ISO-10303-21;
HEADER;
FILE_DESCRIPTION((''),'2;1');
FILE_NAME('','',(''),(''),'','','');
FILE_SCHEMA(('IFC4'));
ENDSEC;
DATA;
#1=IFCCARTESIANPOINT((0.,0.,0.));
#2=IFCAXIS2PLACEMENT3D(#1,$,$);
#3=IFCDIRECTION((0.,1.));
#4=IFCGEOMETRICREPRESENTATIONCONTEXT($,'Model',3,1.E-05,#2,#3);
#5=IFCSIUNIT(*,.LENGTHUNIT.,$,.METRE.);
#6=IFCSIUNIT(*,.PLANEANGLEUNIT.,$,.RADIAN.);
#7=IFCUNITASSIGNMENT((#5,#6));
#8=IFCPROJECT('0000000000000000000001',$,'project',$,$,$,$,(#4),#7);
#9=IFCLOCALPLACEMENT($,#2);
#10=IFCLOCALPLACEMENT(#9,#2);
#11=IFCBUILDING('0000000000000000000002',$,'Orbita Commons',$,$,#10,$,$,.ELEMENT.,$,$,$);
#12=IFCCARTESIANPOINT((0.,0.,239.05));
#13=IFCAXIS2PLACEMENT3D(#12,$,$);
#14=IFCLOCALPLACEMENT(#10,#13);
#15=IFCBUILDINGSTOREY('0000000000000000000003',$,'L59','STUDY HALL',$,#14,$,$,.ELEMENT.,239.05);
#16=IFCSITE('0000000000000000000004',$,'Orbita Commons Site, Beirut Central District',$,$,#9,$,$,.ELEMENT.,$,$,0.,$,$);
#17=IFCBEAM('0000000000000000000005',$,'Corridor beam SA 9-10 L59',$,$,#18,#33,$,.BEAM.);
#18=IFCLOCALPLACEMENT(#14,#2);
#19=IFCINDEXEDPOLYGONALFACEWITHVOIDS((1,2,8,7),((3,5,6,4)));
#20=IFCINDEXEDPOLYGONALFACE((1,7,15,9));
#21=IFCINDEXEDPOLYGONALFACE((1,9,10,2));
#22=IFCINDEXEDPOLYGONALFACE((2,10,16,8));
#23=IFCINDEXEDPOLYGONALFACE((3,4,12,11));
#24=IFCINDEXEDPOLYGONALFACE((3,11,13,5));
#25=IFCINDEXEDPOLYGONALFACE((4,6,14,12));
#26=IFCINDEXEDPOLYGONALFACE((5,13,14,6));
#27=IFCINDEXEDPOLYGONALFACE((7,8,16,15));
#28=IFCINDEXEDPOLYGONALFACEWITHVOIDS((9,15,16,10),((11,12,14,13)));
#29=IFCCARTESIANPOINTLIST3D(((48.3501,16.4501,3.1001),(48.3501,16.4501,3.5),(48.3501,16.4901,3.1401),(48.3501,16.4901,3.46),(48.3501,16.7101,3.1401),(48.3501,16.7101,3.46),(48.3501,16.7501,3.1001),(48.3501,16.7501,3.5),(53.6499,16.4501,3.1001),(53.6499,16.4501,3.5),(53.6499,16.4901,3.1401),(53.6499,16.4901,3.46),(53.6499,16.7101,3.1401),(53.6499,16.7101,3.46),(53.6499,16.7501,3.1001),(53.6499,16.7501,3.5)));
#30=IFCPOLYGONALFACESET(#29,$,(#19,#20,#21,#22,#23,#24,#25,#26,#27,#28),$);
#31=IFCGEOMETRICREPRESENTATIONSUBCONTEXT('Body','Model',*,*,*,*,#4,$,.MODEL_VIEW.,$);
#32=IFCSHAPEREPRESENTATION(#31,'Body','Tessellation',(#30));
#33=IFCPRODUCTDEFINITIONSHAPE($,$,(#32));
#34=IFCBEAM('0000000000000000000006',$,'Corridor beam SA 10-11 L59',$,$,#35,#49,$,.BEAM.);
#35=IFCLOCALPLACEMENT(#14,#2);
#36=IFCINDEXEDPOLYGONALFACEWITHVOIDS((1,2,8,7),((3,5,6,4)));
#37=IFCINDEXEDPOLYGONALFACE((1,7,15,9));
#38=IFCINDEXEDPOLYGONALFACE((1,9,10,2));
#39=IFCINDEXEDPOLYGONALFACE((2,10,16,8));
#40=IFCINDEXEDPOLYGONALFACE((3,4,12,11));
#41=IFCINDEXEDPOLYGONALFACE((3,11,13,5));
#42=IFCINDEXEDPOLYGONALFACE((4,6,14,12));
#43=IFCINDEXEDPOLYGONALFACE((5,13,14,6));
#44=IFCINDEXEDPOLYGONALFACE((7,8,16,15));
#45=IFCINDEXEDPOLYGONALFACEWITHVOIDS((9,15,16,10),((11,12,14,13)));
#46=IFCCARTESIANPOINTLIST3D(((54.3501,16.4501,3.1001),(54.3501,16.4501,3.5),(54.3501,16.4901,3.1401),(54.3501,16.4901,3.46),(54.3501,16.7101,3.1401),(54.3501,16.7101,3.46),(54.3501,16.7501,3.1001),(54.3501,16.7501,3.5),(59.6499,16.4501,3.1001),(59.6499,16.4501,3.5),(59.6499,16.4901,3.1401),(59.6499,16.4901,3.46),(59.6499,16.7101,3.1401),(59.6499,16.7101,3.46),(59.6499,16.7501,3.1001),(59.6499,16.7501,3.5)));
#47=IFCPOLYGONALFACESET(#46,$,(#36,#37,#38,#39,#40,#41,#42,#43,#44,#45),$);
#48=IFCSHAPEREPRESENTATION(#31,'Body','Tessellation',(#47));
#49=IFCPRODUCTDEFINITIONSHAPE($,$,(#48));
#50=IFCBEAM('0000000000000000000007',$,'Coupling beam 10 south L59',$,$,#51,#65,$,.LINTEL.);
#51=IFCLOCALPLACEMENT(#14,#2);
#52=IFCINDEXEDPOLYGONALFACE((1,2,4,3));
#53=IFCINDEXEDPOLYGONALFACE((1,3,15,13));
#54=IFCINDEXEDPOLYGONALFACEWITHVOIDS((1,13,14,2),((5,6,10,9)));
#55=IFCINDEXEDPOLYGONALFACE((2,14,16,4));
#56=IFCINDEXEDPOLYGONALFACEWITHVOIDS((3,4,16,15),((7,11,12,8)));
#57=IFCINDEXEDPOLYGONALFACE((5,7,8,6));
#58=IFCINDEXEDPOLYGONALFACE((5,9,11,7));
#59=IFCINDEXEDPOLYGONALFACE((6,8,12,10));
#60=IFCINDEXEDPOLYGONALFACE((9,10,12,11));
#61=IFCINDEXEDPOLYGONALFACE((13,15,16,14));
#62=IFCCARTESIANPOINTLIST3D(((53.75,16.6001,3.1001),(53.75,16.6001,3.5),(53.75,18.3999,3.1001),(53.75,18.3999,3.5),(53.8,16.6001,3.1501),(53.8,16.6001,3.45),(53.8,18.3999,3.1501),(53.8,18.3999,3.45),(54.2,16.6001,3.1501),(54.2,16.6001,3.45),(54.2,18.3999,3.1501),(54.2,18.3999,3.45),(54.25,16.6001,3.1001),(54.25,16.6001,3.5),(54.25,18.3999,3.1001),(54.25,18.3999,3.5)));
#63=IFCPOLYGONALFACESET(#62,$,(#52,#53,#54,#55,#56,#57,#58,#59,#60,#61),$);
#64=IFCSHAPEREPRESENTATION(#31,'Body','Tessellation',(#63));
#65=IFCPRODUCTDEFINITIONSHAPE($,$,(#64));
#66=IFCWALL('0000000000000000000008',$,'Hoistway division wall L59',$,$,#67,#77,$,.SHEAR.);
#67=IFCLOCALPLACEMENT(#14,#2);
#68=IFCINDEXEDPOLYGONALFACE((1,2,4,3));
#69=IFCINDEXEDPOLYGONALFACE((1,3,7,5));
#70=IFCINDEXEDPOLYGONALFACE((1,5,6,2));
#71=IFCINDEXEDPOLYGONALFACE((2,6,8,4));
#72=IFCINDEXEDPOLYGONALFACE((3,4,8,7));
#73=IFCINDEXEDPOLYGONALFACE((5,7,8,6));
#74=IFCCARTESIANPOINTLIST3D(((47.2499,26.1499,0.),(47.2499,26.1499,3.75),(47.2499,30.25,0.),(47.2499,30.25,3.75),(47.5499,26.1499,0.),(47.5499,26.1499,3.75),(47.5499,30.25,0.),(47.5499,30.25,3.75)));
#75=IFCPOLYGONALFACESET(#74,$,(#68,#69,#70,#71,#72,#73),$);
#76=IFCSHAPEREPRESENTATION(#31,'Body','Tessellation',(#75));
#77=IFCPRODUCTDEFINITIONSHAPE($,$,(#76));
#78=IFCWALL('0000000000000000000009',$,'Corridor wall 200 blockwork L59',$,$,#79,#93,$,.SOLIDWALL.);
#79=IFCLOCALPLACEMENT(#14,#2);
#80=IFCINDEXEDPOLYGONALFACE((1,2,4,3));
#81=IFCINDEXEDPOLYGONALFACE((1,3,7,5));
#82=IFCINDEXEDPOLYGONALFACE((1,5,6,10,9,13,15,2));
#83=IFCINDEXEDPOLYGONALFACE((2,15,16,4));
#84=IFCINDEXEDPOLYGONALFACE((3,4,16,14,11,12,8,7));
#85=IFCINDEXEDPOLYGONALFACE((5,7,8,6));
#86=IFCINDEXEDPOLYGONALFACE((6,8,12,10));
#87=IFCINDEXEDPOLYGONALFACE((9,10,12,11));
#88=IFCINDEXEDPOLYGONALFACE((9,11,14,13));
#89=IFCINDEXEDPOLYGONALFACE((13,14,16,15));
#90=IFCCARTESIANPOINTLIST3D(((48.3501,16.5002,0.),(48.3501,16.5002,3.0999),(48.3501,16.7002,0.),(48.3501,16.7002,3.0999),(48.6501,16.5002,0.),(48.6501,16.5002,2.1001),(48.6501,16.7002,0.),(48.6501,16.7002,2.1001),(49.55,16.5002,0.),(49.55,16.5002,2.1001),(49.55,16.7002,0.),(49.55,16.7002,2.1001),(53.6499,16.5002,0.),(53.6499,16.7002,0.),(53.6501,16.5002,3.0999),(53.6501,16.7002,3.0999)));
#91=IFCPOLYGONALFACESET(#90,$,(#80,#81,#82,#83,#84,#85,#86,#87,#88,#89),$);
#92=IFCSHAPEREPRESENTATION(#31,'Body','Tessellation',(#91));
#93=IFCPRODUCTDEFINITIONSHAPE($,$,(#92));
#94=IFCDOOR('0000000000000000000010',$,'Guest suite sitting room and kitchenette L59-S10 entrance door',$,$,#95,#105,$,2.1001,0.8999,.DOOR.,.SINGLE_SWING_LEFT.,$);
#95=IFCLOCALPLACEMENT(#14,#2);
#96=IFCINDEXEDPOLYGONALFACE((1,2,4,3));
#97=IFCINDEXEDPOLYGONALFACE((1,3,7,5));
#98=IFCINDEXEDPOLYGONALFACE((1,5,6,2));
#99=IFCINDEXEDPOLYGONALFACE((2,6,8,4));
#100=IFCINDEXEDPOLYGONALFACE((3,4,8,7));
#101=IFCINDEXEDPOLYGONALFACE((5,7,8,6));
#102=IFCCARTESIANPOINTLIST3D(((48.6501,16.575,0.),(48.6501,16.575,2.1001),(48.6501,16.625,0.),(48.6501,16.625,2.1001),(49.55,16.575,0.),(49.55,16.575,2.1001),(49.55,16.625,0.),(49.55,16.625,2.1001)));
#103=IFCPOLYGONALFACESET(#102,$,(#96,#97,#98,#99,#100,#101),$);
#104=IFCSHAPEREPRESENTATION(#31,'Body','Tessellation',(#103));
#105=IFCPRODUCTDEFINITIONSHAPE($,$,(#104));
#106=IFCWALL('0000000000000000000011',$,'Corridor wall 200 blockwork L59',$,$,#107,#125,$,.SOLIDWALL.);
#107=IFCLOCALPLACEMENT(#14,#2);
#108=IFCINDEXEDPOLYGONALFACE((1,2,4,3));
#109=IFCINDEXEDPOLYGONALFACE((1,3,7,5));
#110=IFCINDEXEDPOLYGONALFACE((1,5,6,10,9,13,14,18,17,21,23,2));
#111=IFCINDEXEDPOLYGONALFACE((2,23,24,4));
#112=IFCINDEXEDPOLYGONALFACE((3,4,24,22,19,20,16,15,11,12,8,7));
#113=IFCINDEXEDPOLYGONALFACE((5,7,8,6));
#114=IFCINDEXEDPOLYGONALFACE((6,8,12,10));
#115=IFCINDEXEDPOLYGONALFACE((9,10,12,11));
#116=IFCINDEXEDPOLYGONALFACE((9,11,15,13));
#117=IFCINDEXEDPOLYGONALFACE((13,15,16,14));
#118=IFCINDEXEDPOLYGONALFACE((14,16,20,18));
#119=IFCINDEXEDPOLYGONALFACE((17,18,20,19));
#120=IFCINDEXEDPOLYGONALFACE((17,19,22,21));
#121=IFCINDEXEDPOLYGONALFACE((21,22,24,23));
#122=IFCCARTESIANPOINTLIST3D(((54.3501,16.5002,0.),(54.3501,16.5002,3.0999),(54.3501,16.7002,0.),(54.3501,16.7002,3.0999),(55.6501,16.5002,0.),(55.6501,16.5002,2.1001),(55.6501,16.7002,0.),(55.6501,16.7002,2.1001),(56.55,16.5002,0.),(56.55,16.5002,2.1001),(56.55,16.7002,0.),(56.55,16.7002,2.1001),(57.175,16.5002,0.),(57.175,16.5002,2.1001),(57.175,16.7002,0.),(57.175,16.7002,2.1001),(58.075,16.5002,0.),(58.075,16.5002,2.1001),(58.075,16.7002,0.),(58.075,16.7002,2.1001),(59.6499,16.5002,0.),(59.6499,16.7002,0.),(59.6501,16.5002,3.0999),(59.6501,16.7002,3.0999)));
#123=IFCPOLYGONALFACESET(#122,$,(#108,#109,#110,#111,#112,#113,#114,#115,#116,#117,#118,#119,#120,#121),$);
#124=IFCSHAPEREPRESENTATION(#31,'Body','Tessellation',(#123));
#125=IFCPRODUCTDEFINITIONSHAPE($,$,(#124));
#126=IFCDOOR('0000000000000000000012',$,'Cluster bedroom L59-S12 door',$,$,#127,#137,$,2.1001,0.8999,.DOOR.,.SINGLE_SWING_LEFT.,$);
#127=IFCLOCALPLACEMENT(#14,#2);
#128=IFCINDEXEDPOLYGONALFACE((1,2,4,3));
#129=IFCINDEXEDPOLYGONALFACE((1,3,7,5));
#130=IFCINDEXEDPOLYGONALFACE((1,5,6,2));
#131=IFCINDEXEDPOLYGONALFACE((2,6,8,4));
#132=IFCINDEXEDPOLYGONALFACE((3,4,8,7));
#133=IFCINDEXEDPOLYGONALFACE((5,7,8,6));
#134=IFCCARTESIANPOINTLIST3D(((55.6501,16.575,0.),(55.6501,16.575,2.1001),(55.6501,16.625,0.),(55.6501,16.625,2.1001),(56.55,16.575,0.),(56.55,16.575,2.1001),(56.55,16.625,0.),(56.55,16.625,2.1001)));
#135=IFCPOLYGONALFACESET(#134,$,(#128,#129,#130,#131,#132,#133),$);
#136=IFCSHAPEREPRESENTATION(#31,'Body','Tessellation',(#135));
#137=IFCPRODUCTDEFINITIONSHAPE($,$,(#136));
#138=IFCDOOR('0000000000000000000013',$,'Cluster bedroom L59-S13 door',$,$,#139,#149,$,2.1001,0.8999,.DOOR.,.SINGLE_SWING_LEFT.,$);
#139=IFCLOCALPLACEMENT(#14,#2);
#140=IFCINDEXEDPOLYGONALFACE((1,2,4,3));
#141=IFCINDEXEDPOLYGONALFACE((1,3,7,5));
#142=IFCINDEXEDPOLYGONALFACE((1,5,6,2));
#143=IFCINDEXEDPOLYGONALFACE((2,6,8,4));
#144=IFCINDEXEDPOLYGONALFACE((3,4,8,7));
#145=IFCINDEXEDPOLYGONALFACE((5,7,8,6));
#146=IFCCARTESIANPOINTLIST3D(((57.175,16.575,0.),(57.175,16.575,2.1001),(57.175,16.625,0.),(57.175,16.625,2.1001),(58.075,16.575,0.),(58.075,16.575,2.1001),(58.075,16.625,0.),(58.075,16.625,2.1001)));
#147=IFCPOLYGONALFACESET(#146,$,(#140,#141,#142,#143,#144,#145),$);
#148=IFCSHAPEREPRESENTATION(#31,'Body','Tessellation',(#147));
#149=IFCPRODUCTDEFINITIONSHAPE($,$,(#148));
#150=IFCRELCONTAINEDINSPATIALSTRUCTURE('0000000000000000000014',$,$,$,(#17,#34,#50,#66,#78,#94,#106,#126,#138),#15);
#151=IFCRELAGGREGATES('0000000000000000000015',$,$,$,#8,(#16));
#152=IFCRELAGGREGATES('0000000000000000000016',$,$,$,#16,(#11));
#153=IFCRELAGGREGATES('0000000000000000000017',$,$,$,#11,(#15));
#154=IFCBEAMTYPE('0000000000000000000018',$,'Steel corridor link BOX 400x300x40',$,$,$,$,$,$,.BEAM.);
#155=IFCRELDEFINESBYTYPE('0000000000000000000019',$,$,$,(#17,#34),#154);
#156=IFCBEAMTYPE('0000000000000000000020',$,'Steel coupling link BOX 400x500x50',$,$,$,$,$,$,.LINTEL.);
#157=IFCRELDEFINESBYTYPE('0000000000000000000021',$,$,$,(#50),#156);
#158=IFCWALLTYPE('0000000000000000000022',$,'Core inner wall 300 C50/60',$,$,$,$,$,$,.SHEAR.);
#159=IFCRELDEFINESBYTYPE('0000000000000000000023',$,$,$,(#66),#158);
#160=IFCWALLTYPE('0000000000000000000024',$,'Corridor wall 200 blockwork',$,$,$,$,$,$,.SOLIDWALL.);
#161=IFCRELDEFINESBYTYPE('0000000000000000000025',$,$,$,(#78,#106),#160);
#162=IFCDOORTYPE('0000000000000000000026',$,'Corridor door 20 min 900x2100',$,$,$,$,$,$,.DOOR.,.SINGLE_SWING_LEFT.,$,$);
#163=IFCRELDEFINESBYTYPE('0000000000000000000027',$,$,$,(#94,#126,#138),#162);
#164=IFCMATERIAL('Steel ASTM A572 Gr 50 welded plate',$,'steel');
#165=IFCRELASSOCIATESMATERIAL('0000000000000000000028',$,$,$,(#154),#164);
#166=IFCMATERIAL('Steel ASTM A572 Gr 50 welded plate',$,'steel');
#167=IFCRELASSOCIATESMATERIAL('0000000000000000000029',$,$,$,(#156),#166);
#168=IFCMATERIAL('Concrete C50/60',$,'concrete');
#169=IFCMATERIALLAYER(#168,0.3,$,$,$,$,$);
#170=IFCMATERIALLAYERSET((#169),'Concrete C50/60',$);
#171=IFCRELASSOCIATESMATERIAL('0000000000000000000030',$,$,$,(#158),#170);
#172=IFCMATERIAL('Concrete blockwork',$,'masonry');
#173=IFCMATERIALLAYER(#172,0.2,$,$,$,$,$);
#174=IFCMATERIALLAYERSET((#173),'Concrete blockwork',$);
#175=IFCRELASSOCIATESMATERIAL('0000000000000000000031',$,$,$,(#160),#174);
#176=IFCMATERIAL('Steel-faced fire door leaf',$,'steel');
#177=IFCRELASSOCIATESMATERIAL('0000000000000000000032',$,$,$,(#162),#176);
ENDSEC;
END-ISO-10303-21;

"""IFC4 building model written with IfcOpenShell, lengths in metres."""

from ifc_helpers import new_model, si_unit, direction, frame, frame_2d, origin, origin_2d, place, context, subcontext, project, spatial, polyline, rectangle, hollow_rectangle, outline, extrude, material, layer, layer_set, material_profile, profile_set, type_object, element, fill, save


model = new_model("IFC4")

# Units and contexts
model_context = context("Model", 3, precision=1e-05, world=origin(), true_north=direction((0.0, 1.0)))
body_context = subcontext(model_context, "Body", "Model", "MODEL_VIEW")
ifc_project = project(units=[si_unit("LENGTHUNIT", "METRE"), si_unit("PLANEANGLEUNIT", "RADIAN")], contexts=[model_context])

# Site, building, storey
site_placement = place(None, origin())
site = spatial("IfcSite", under=ifc_project, at=site_placement, Name="Orbita Commons Site, Beirut Central District", CompositionType="ELEMENT", RefElevation=0.0)
building_placement = place(site_placement, origin())
building = spatial("IfcBuilding", under=site, at=building_placement, Name="Orbita Commons", CompositionType="ELEMENT")
storey_placement = place(building_placement, frame((0.0, 0.0, 239.05)))
storey = spatial("IfcBuildingStorey", under=building, at=storey_placement, Name="L59", Description="STUDY HALL", CompositionType="ELEMENT", Elevation=239.05)

# Beams
ifc_material_1 = material(Name="Steel ASTM A572 Gr 50 welded plate", Category="steel")
ifc_material_profile_1 = material_profile(ifc_material_1, hollow_rectangle(XDim=0.3, YDim=0.3999, WallThickness=0.04, at=origin_2d()), Name="BOX 400x300x40")
ifc_profile_set_1 = profile_set([ifc_material_profile_1], Name="Steel ASTM A572 Gr 50 welded plate")
beam_type_1 = type_object("IfcBeamType", Name="Steel corridor link BOX 400x300x40", PredefinedType="BEAM", material=ifc_profile_set_1)
for number, where, z_axis, x_axis, name in (
    (1, (48.3501, 16.6001, 3.3), (1.0, 0.0, 0.0), (0.0, 1.0, 0.0), "Corridor beam SA 9-10 L59"),
    (2, (54.3501, 16.6001, 3.3), (1.0, 0.0, 0.0), (0.0, 1.0, 0.0), "Corridor beam SA 10-11 L59"),
):
    element("IfcBeam", number, at=place(storey_placement, frame(where, z_axis=z_axis, x_axis=x_axis)), inside=storey, type_object=beam_type_1, Name=name, PredefinedType="BEAM", context=body_context, shape_type="SweptSolid", body=[
        extrude(hollow_rectangle(XDim=0.3, YDim=0.3999, WallThickness=0.04, at=origin_2d()), origin(), (0.0, 0.0, 1.0), 5.2998),
    ])
ifc_material_2 = material(Name="Steel ASTM A572 Gr 50 welded plate", Category="steel")
ifc_material_profile_2 = material_profile(ifc_material_2, hollow_rectangle(XDim=0.5, YDim=0.3999, WallThickness=0.05, at=origin_2d()), Name="BOX 400x500x50")
ifc_profile_set_2 = profile_set([ifc_material_profile_2], Name="Steel ASTM A572 Gr 50 welded plate")
beam_type_2 = type_object("IfcBeamType", Name="Steel coupling link BOX 400x500x50", PredefinedType="LINTEL", material=ifc_profile_set_2)
beam_placement = place(storey_placement, frame((54.0, 16.6001, 3.3), z_axis=(0.0, 1.0, 0.0), x_axis=(-1.0, 0.0, 0.0)))
element("IfcBeam", 3, at=beam_placement, inside=storey, type_object=beam_type_2, Name="Coupling beam 10 south L59", PredefinedType="LINTEL", context=body_context, shape_type="SweptSolid", body=[
    extrude(hollow_rectangle(XDim=0.5, YDim=0.3999, WallThickness=0.05, at=origin_2d()), origin(), (0.0, 0.0, 1.0), 1.7998),
])

# Wall
ifc_material_3 = material(Name="Concrete C50/60", Category="concrete")
ifc_layer_1 = layer(ifc_material_3, 0.3)
ifc_layer_set_1 = layer_set([ifc_layer_1], Name="Concrete C50/60")
wall_type_1 = type_object("IfcWallType", Name="Core inner wall 300 C50/60", PredefinedType="SHEAR", material=ifc_layer_set_1)
wall_1_placement = place(storey_placement, frame((47.3999, 26.1499, 0.0), z_axis=(0.0, 0.0, 1.0), x_axis=(0.0, 1.0, 0.0)))
element("IfcWall", 4, at=wall_1_placement, inside=storey, type_object=wall_type_1, Name="Hoistway division wall L59", PredefinedType="SHEAR", context=body_context, shape_type="SweptSolid", body=[
    extrude(rectangle(XDim=4.1001, YDim=0.3, at=frame_2d((2.05, 0.0))), origin(), (0.0, 0.0, 1.0), 3.75),
])

# Wall, opening, door
ifc_material_4 = material(Name="Concrete blockwork", Category="masonry")
ifc_layer_2 = layer(ifc_material_4, 0.2)
ifc_layer_set_2 = layer_set([ifc_layer_2], Name="Concrete blockwork")
wall_type_2 = type_object("IfcWallType", Name="Corridor wall 200 blockwork", PredefinedType="SOLIDWALL", material=ifc_layer_set_2)
wall_2_placement = place(storey_placement, frame((48.3501, 16.6001, 0.0), z_axis=(0.0, 0.0, 1.0), x_axis=(1.0, 0.0, 0.0)))
wall_2 = element("IfcWall", 5, at=wall_2_placement, inside=storey, type_object=wall_type_2, Name="Corridor wall 200 blockwork L59", PredefinedType="SOLIDWALL", context=body_context, shape_type="SweptSolid", body=[
    extrude(outline(polyline([(0.0, 0.0), (5.2998, 0.0), (5.3, 3.0999), (0.0, 3.0999), (0.0, 0.0)])), frame((0.0, 0.1001, 0.0), z_axis=(0.0, -1.0, 0.0), x_axis=(1.0, 0.0, 0.0)), (0.0, 0.0, 1.0), 0.2),
])
opening_1_placement = place(wall_2_placement, frame((0.3, 0.0, 0.0)))
opening_1 = element("IfcOpeningElement", 6, at=opening_1_placement, cuts=wall_2, PredefinedType="OPENING", context=body_context, shape_type="SweptSolid", body=[
    extrude(rectangle(XDim=0.8999, YDim=2.1001, at=frame_2d((0.45, 1.05))), frame((0.0, 0.1099, 0.0), z_axis=(0.0, -1.0, 0.0), x_axis=(1.0, 0.0, 0.0)), (0.0, 0.0, 1.0), 0.22),
])
ifc_material_5 = material(Name="Steel-faced fire door leaf", Category="steel")
door_type_1 = type_object("IfcDoorType", Name="Corridor door 20 min 900x2100", OperationType="SINGLE_SWING_LEFT", PredefinedType="DOOR", material=ifc_material_5)
door_1_placement = place(opening_1_placement, origin())
door_1 = element("IfcDoor", 7, at=door_1_placement, inside=storey, type_object=door_type_1, Name="Guest suite sitting room and kitchenette L59-S10 entrance door", OperationType="SINGLE_SWING_LEFT", OverallHeight=2.1001, OverallWidth=0.8999, PredefinedType="DOOR", context=body_context, shape_type="SweptSolid", body=[
    extrude(rectangle(XDim=0.8999, YDim=2.1001, at=frame_2d((0.45, 1.05))), frame((0.0, 0.0249, 0.0), z_axis=(0.0, -1.0, 0.0), x_axis=(1.0, 0.0, 0.0)), (0.0, 0.0, 1.0), 0.05),
])
fill(opening_1, door_1)

# Wall, openings, doors
wall_3_placement = place(storey_placement, frame((54.3501, 16.6001, 0.0), z_axis=(0.0, 0.0, 1.0), x_axis=(1.0, 0.0, 0.0)))
wall_3 = element("IfcWall", 8, at=wall_3_placement, inside=storey, type_object=wall_type_2, Name="Corridor wall 200 blockwork L59", PredefinedType="SOLIDWALL", context=body_context, shape_type="SweptSolid", body=[
    extrude(outline(polyline([(0.0, 0.0), (5.2998, 0.0), (5.3, 3.0999), (0.0, 3.0999), (0.0, 0.0)])), frame((0.0, 0.1001, 0.0), z_axis=(0.0, -1.0, 0.0), x_axis=(1.0, 0.0, 0.0)), (0.0, 0.0, 1.0), 0.2),
])
opening_2_placement = place(wall_3_placement, frame((1.3, 0.0, 0.0)))
opening_2 = element("IfcOpeningElement", 9, at=opening_2_placement, cuts=wall_3, PredefinedType="OPENING", context=body_context, shape_type="SweptSolid", body=[
    extrude(rectangle(XDim=0.8999, YDim=2.1001, at=frame_2d((0.45, 1.05))), frame((0.0, 0.1099, 0.0), z_axis=(0.0, -1.0, 0.0), x_axis=(1.0, 0.0, 0.0)), (0.0, 0.0, 1.0), 0.22),
])
opening_3_placement = place(wall_3_placement, frame((2.825, 0.0, 0.0)))
opening_3 = element("IfcOpeningElement", 10, at=opening_3_placement, cuts=wall_3, PredefinedType="OPENING", context=body_context, shape_type="SweptSolid", body=[
    extrude(rectangle(XDim=0.8999, YDim=2.1001, at=frame_2d((0.45, 1.05))), frame((0.0, 0.1099, 0.0), z_axis=(0.0, -1.0, 0.0), x_axis=(1.0, 0.0, 0.0)), (0.0, 0.0, 1.0), 0.22),
])
door_2_placement = place(opening_2_placement, origin())
door_2 = element("IfcDoor", 11, at=door_2_placement, inside=storey, type_object=door_type_1, Name="Cluster bedroom L59-S12 door", OperationType="SINGLE_SWING_LEFT", OverallHeight=2.1001, OverallWidth=0.8999, PredefinedType="DOOR", context=body_context, shape_type="SweptSolid", body=[
    extrude(rectangle(XDim=0.8999, YDim=2.1001, at=frame_2d((0.45, 1.05))), frame((0.0, 0.0249, 0.0), z_axis=(0.0, -1.0, 0.0), x_axis=(1.0, 0.0, 0.0)), (0.0, 0.0, 1.0), 0.05),
])
fill(opening_2, door_2)
door_3_placement = place(opening_3_placement, origin())
door_3 = element("IfcDoor", 12, at=door_3_placement, inside=storey, type_object=door_type_1, Name="Cluster bedroom L59-S13 door", OperationType="SINGLE_SWING_LEFT", OverallHeight=2.1001, OverallWidth=0.8999, PredefinedType="DOOR", context=body_context, shape_type="SweptSolid", body=[
    extrude(rectangle(XDim=0.8999, YDim=2.1001, at=frame_2d((0.45, 1.05))), frame((0.0, 0.0249, 0.0), z_axis=(0.0, -1.0, 0.0), x_axis=(1.0, 0.0, 0.0)), (0.0, 0.0, 1.0), 0.05),
])
fill(opening_3, door_3)

save(model, "model.ifc")
